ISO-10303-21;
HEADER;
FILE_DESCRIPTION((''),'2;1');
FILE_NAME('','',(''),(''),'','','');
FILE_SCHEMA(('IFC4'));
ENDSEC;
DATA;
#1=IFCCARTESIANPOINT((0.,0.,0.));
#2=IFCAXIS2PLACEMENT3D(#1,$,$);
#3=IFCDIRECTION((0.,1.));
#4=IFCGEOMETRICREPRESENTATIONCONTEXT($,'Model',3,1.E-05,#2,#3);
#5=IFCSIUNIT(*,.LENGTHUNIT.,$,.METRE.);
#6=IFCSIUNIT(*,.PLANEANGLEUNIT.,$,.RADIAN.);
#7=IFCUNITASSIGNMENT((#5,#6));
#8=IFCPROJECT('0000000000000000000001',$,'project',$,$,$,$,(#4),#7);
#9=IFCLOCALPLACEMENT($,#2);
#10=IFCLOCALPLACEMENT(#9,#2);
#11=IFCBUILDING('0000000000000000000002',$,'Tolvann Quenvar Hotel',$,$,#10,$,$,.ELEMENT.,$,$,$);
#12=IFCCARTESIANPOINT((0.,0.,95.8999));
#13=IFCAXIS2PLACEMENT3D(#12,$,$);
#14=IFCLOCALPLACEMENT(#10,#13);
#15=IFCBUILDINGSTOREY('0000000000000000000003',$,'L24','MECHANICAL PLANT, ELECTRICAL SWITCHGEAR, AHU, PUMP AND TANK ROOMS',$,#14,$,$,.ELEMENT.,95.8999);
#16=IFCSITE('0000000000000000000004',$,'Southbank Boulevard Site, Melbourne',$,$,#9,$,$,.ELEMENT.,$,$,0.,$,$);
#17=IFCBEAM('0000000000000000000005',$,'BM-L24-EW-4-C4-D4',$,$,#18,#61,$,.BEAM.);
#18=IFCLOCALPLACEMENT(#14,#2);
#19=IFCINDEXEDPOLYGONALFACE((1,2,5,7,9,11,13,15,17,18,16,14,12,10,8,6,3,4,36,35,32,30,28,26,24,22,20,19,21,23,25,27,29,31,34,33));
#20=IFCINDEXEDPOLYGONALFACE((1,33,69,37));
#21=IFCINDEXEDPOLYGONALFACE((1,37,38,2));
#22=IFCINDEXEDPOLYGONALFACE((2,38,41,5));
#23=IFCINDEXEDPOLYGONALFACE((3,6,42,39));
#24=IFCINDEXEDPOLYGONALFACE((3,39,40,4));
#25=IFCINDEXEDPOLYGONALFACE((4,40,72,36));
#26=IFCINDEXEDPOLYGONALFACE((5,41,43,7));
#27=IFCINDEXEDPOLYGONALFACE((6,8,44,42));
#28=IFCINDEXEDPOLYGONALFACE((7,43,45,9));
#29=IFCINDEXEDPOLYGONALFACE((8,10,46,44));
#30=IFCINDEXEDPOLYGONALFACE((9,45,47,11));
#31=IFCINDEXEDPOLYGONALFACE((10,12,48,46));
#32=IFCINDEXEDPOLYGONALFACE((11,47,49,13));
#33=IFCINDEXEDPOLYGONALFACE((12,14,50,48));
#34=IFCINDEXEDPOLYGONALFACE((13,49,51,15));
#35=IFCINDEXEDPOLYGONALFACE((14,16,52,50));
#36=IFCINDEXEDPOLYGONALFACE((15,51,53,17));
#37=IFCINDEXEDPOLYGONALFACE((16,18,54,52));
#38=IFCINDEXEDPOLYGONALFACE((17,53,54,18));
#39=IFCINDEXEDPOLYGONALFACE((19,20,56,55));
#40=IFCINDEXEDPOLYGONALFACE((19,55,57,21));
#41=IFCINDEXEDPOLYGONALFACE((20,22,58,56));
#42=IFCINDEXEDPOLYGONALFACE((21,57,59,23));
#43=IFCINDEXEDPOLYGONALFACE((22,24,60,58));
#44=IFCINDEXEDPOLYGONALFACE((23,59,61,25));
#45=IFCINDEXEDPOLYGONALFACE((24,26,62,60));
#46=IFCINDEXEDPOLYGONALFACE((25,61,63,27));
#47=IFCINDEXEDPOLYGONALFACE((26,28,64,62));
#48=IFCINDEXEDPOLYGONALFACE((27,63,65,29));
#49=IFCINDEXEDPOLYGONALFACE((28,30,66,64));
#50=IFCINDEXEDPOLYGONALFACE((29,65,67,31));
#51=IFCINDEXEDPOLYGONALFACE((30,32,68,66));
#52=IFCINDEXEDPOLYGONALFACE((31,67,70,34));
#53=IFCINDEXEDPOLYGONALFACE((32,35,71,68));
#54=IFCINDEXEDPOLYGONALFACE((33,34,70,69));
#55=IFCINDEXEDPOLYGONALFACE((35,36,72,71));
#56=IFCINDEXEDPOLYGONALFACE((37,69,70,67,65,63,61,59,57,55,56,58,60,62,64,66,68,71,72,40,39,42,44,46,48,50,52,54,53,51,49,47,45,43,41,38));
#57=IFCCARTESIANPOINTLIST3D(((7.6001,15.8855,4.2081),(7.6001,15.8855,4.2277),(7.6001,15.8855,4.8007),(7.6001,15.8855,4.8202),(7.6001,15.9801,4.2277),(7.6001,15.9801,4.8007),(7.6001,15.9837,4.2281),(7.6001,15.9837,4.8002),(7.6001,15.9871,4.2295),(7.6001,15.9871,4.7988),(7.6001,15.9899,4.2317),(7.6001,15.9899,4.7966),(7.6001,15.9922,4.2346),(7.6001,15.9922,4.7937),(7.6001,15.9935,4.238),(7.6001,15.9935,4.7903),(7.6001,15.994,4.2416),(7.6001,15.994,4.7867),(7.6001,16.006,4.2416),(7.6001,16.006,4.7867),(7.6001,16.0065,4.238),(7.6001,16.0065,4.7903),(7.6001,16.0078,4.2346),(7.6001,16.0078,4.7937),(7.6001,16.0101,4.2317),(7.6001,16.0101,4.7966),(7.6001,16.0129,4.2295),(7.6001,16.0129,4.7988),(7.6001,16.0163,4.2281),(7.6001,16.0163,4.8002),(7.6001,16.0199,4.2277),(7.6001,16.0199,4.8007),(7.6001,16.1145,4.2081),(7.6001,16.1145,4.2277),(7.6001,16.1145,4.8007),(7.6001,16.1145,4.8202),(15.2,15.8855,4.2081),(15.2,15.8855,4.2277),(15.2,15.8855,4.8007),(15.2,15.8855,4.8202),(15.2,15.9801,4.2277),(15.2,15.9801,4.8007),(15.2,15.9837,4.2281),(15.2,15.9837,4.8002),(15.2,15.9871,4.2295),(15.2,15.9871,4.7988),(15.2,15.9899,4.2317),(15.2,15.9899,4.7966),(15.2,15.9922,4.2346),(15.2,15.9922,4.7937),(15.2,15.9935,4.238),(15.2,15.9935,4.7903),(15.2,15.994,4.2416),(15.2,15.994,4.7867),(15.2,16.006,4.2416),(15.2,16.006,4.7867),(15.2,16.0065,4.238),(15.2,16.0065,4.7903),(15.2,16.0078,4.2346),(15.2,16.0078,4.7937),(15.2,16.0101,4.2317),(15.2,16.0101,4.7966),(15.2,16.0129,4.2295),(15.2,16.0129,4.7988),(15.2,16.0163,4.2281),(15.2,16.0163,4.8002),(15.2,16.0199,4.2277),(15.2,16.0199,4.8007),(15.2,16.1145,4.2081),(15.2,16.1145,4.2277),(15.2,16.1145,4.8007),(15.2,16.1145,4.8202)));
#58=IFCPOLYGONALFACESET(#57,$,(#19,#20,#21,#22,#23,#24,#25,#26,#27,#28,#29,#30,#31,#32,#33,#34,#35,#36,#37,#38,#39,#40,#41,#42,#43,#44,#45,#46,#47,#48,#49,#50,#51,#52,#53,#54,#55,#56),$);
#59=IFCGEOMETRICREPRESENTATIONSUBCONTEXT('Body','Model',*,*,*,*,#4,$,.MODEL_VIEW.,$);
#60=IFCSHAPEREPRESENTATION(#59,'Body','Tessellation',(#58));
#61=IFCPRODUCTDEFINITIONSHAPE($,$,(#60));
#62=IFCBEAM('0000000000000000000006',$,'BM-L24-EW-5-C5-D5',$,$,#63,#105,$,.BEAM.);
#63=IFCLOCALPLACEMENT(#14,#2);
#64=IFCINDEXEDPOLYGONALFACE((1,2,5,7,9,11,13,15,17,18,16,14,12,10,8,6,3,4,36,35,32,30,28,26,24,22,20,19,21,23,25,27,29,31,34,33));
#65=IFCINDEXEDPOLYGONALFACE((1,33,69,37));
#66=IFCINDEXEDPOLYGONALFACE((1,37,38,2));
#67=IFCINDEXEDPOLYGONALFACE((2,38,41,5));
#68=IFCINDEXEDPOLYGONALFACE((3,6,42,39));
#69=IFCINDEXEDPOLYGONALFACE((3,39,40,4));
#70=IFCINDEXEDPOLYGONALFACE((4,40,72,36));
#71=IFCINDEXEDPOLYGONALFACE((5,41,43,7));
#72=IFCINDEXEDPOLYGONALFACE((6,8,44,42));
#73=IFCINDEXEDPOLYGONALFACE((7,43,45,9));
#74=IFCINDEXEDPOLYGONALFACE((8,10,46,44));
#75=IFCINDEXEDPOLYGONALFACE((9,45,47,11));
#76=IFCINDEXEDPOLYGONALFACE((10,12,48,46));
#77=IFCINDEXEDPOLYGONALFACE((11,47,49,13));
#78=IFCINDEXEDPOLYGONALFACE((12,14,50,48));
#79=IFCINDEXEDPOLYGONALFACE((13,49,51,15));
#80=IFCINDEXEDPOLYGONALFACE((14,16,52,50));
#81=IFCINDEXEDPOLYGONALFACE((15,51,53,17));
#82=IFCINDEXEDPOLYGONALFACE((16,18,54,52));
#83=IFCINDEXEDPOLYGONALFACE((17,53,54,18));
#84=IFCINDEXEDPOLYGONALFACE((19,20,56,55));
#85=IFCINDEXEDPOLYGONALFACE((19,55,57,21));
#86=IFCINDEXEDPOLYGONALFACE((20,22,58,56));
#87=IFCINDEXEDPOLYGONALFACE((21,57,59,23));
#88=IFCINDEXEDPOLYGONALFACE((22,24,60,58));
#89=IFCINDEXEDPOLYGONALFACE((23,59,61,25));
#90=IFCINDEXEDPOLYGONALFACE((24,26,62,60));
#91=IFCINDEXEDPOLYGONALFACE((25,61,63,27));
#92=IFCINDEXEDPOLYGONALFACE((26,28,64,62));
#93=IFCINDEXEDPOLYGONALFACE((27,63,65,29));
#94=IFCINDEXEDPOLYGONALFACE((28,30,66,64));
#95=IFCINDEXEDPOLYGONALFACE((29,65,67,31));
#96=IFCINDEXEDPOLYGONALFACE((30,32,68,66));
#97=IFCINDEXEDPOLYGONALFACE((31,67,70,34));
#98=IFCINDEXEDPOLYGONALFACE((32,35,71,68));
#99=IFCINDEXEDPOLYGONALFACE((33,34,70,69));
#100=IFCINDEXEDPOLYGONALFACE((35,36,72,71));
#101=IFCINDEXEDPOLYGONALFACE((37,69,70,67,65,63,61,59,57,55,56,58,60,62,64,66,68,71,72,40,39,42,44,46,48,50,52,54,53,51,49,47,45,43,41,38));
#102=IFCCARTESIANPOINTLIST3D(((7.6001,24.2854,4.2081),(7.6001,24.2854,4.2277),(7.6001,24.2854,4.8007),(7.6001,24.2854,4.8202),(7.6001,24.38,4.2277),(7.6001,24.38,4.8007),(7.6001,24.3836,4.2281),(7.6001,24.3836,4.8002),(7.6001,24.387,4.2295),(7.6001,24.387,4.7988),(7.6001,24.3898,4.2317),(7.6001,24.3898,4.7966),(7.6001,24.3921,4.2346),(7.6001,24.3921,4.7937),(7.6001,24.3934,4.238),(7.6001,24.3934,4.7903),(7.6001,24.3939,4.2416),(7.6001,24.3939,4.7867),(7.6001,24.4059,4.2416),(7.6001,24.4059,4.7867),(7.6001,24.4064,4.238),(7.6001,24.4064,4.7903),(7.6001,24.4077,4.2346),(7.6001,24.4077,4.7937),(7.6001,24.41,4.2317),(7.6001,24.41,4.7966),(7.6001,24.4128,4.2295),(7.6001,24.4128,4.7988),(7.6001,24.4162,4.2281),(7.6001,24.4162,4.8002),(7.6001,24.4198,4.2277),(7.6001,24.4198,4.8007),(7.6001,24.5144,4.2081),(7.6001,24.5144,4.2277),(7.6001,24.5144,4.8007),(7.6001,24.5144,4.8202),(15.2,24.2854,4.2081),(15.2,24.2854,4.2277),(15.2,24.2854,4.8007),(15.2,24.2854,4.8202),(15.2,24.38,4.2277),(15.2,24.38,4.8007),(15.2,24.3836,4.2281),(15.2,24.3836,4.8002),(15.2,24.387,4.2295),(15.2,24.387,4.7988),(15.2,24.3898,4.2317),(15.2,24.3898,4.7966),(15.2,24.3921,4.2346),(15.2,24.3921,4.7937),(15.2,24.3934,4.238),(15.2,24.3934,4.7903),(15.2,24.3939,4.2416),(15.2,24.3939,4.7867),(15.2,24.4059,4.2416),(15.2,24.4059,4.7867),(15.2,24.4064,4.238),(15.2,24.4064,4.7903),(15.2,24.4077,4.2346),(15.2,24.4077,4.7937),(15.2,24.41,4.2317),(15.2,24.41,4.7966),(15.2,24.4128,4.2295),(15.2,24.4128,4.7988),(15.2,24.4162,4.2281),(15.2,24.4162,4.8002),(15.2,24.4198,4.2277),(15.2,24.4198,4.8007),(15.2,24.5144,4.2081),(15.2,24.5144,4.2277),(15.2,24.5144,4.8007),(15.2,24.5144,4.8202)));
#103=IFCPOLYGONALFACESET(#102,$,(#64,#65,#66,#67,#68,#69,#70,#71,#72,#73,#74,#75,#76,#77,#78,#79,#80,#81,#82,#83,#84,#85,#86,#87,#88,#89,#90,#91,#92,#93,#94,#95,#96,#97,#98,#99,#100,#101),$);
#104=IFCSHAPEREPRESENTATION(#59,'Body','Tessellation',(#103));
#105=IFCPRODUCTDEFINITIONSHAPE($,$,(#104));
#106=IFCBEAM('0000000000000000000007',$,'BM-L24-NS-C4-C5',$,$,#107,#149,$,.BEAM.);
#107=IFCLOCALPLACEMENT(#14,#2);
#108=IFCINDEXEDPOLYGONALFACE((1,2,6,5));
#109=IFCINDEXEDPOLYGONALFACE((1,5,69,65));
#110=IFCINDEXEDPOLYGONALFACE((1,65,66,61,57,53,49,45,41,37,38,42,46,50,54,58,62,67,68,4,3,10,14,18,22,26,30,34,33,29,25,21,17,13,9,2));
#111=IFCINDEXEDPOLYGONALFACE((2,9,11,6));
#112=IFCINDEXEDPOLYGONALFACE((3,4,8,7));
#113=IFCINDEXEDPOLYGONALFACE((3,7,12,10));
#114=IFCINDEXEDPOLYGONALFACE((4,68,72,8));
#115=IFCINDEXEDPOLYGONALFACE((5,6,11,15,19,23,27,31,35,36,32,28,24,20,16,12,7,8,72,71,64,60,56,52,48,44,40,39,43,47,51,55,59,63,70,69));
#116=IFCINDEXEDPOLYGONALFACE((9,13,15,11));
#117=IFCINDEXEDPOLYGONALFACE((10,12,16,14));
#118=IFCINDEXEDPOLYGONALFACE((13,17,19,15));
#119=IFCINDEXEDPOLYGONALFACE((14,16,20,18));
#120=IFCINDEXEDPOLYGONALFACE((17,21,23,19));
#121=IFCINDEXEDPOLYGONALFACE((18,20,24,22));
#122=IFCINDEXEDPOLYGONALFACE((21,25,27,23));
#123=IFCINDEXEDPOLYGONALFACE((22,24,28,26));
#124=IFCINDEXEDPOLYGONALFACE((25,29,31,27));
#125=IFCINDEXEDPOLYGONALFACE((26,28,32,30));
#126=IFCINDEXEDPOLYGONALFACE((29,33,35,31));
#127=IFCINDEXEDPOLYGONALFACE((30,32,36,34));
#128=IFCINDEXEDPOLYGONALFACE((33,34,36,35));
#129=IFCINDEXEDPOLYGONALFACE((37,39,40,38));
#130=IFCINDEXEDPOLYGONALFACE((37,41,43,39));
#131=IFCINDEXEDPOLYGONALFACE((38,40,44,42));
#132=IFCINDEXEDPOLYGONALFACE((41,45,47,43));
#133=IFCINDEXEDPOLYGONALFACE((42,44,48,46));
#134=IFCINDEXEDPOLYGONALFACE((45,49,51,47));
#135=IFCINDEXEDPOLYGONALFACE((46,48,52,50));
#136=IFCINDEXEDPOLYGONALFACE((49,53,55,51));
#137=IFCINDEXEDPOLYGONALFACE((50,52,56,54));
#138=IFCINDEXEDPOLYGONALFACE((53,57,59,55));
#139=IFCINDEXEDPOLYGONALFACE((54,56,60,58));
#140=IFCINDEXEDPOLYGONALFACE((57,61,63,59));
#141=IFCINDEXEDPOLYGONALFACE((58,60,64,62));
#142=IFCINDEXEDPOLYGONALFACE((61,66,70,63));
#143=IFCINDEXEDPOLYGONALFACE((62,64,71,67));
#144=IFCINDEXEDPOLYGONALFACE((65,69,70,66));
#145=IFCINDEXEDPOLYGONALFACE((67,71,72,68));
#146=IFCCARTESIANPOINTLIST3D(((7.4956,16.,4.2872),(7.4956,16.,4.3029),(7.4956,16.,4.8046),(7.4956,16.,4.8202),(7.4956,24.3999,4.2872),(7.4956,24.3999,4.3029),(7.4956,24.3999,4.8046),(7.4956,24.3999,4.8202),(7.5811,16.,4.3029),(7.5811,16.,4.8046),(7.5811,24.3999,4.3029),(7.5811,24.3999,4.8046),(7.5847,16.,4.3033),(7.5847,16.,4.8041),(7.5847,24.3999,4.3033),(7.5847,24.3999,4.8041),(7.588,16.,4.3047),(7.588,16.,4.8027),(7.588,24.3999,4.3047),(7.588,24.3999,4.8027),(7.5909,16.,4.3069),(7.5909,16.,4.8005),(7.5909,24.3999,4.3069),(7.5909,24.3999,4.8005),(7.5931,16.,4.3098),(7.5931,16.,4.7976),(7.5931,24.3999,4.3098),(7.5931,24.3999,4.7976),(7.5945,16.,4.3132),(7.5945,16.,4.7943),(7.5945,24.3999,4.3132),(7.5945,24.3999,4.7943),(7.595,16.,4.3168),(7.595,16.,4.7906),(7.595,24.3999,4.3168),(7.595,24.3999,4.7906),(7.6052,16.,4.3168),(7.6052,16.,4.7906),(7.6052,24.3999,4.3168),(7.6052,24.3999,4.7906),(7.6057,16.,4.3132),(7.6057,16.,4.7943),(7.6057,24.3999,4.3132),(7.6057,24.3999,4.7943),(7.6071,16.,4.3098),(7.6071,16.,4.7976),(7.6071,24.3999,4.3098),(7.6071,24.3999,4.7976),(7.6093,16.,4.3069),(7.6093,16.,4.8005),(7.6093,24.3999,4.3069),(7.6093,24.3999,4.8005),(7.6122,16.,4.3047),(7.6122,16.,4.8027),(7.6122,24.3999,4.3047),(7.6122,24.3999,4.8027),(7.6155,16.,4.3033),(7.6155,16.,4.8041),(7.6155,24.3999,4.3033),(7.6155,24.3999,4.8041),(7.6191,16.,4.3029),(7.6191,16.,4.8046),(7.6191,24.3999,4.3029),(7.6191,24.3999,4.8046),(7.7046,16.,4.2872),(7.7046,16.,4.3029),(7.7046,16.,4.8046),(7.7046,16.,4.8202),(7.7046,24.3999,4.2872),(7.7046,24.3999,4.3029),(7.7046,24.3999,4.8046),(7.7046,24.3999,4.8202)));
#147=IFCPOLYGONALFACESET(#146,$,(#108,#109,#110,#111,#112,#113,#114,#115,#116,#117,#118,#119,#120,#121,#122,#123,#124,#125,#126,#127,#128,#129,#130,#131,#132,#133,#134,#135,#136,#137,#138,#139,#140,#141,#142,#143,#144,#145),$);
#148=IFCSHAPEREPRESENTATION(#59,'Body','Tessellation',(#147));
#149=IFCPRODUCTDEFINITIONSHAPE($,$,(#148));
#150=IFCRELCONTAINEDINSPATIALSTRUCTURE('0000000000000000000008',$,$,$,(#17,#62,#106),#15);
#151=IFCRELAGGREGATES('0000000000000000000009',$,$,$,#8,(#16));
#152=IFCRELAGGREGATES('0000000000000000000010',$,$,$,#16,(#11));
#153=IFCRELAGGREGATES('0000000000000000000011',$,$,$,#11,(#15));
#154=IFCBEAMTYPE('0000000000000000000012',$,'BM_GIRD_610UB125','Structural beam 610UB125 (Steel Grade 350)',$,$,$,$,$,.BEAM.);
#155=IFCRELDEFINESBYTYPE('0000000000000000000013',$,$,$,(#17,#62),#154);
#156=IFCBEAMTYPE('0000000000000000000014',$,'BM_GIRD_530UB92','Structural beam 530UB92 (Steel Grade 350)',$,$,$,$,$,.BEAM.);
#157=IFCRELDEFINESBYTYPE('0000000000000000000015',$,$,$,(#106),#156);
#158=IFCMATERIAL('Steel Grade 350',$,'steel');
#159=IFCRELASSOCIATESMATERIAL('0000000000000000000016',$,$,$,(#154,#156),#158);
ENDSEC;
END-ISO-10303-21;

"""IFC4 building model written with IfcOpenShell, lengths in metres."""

from ifc_helpers import new_model, si_unit, direction, frame, origin, origin_2d, place, context, subcontext, project, spatial, i_section, extrude, source, transform, mapped, material, material_profile, profile_set, type_object, type_shapes, element, save


model = new_model("IFC4")

# Units and contexts
model_context = context("Model", 3, precision=1e-05, world=origin(), true_north=direction((0.0, 1.0)))
body_context = subcontext(model_context, "Body", "Model", "MODEL_VIEW")
ifc_project = project(units=[si_unit("LENGTHUNIT", "METRE"), si_unit("PLANEANGLEUNIT", "RADIAN")], contexts=[model_context])

# Site, building, storey
site_placement = place(None, origin())
site = spatial("IfcSite", under=ifc_project, at=site_placement, Name="Southbank Boulevard Site, Melbourne", CompositionType="ELEMENT", RefElevation=0.0)
building_placement = place(site_placement, origin())
building = spatial("IfcBuilding", under=site, at=building_placement, Name="Tolvann Quenvar Hotel", CompositionType="ELEMENT")
storey_placement = place(building_placement, frame((0.0, 0.0, 95.8999)))
storey = spatial("IfcBuildingStorey", under=building, at=storey_placement, Name="L24", Description="MECHANICAL PLANT, ELECTRICAL SWITCHGEAR, AHU, PUMP AND TANK ROOMS", CompositionType="ELEMENT", Elevation=95.8999)

# Shared definitions
ifc_material_1 = material(Name="Steel Grade 350", Category="steel")

# Beams
ifc_material_profile_1 = material_profile(ifc_material_1, i_section(OverallWidth=0.229, OverallDepth=0.6121, WebThickness=0.012, FlangeThickness=0.0195, FilletRadius=0.0139, at=origin_2d()), Name="610UB125")
ifc_profile_set_1 = profile_set([ifc_material_profile_1], Name="Steel Grade 350")
beam_type_1 = type_object("IfcBeamType", Name="BM_GIRD_610UB125", Description="Structural beam 610UB125 (Steel Grade 350)", PredefinedType="BEAM", material=ifc_profile_set_1)
shared_shape_1 = source(origin(), body_context, "Body", "SweptSolid", [
    extrude(i_section(OverallWidth=0.229, OverallDepth=0.6121, WebThickness=0.012, FlangeThickness=0.0195, FilletRadius=0.0139, at=origin_2d()), origin(), (0.0, 0.0, 1.0), 7.5999),
])
for number, where, z_axis, x_axis, name in (
    (1, (7.6001, 16.0, 4.5142), (1.0, 0.0, 0.0), (0.0, 1.0, 0.0), "BM-L24-EW-4-C4-D4"),
    (2, (7.6001, 24.3999, 4.5142), (1.0, 0.0, 0.0), (0.0, 1.0, 0.0), "BM-L24-EW-5-C5-D5"),
):
    element("IfcBeam", number, at=place(storey_placement, frame(where, z_axis=z_axis, x_axis=x_axis)), inside=storey, type_object=beam_type_1, Name=name, PredefinedType="BEAM", context=body_context, shape_type="MappedRepresentation", body=[
        mapped(shared_shape_1, transform((0.0, 0.0, 0.0), x_axis=(1.0, 0.0, 0.0), y_axis=(0.0, 1.0, 0.0), z_axis=(0.0, 0.0, 1.0), scale=1.0)),
    ])
ifc_material_profile_2 = material_profile(ifc_material_1, i_section(OverallWidth=0.209, OverallDepth=0.533, WebThickness=0.0103, FlangeThickness=0.0156, FilletRadius=0.0139, at=origin_2d()), Name="530UB92")
ifc_profile_set_2 = profile_set([ifc_material_profile_2], Name="Steel Grade 350")
beam_type_2 = type_object("IfcBeamType", Name="BM_GIRD_530UB92", Description="Structural beam 530UB92 (Steel Grade 350)", PredefinedType="BEAM", material=ifc_profile_set_2)
shared_shape_2 = source(origin(), body_context, "Body", "SweptSolid", [
    extrude(i_section(OverallWidth=0.209, OverallDepth=0.533, WebThickness=0.0103, FlangeThickness=0.0156, FilletRadius=0.0139, at=origin_2d()), origin(), (0.0, 0.0, 1.0), 8.3999),
])
type_shapes(beam_type_2, [shared_shape_2])
beam_1_placement = place(storey_placement, frame((7.6001, 16.0, 4.5537), z_axis=(0.0, 1.0, 0.0), x_axis=(-1.0, 0.0, 0.0)))
element("IfcBeam", 3, at=beam_1_placement, inside=storey, type_object=beam_type_2, Name="BM-L24-NS-C4-C5", PredefinedType="BEAM", context=body_context, shape_type="MappedRepresentation", body=[
    mapped(shared_shape_2, transform((0.0, 0.0, 0.0), x_axis=(1.0, 0.0, 0.0), y_axis=(0.0, 1.0, 0.0), z_axis=(0.0, 0.0, 1.0), scale=1.0)),
])

save(model, "model.ifc")
